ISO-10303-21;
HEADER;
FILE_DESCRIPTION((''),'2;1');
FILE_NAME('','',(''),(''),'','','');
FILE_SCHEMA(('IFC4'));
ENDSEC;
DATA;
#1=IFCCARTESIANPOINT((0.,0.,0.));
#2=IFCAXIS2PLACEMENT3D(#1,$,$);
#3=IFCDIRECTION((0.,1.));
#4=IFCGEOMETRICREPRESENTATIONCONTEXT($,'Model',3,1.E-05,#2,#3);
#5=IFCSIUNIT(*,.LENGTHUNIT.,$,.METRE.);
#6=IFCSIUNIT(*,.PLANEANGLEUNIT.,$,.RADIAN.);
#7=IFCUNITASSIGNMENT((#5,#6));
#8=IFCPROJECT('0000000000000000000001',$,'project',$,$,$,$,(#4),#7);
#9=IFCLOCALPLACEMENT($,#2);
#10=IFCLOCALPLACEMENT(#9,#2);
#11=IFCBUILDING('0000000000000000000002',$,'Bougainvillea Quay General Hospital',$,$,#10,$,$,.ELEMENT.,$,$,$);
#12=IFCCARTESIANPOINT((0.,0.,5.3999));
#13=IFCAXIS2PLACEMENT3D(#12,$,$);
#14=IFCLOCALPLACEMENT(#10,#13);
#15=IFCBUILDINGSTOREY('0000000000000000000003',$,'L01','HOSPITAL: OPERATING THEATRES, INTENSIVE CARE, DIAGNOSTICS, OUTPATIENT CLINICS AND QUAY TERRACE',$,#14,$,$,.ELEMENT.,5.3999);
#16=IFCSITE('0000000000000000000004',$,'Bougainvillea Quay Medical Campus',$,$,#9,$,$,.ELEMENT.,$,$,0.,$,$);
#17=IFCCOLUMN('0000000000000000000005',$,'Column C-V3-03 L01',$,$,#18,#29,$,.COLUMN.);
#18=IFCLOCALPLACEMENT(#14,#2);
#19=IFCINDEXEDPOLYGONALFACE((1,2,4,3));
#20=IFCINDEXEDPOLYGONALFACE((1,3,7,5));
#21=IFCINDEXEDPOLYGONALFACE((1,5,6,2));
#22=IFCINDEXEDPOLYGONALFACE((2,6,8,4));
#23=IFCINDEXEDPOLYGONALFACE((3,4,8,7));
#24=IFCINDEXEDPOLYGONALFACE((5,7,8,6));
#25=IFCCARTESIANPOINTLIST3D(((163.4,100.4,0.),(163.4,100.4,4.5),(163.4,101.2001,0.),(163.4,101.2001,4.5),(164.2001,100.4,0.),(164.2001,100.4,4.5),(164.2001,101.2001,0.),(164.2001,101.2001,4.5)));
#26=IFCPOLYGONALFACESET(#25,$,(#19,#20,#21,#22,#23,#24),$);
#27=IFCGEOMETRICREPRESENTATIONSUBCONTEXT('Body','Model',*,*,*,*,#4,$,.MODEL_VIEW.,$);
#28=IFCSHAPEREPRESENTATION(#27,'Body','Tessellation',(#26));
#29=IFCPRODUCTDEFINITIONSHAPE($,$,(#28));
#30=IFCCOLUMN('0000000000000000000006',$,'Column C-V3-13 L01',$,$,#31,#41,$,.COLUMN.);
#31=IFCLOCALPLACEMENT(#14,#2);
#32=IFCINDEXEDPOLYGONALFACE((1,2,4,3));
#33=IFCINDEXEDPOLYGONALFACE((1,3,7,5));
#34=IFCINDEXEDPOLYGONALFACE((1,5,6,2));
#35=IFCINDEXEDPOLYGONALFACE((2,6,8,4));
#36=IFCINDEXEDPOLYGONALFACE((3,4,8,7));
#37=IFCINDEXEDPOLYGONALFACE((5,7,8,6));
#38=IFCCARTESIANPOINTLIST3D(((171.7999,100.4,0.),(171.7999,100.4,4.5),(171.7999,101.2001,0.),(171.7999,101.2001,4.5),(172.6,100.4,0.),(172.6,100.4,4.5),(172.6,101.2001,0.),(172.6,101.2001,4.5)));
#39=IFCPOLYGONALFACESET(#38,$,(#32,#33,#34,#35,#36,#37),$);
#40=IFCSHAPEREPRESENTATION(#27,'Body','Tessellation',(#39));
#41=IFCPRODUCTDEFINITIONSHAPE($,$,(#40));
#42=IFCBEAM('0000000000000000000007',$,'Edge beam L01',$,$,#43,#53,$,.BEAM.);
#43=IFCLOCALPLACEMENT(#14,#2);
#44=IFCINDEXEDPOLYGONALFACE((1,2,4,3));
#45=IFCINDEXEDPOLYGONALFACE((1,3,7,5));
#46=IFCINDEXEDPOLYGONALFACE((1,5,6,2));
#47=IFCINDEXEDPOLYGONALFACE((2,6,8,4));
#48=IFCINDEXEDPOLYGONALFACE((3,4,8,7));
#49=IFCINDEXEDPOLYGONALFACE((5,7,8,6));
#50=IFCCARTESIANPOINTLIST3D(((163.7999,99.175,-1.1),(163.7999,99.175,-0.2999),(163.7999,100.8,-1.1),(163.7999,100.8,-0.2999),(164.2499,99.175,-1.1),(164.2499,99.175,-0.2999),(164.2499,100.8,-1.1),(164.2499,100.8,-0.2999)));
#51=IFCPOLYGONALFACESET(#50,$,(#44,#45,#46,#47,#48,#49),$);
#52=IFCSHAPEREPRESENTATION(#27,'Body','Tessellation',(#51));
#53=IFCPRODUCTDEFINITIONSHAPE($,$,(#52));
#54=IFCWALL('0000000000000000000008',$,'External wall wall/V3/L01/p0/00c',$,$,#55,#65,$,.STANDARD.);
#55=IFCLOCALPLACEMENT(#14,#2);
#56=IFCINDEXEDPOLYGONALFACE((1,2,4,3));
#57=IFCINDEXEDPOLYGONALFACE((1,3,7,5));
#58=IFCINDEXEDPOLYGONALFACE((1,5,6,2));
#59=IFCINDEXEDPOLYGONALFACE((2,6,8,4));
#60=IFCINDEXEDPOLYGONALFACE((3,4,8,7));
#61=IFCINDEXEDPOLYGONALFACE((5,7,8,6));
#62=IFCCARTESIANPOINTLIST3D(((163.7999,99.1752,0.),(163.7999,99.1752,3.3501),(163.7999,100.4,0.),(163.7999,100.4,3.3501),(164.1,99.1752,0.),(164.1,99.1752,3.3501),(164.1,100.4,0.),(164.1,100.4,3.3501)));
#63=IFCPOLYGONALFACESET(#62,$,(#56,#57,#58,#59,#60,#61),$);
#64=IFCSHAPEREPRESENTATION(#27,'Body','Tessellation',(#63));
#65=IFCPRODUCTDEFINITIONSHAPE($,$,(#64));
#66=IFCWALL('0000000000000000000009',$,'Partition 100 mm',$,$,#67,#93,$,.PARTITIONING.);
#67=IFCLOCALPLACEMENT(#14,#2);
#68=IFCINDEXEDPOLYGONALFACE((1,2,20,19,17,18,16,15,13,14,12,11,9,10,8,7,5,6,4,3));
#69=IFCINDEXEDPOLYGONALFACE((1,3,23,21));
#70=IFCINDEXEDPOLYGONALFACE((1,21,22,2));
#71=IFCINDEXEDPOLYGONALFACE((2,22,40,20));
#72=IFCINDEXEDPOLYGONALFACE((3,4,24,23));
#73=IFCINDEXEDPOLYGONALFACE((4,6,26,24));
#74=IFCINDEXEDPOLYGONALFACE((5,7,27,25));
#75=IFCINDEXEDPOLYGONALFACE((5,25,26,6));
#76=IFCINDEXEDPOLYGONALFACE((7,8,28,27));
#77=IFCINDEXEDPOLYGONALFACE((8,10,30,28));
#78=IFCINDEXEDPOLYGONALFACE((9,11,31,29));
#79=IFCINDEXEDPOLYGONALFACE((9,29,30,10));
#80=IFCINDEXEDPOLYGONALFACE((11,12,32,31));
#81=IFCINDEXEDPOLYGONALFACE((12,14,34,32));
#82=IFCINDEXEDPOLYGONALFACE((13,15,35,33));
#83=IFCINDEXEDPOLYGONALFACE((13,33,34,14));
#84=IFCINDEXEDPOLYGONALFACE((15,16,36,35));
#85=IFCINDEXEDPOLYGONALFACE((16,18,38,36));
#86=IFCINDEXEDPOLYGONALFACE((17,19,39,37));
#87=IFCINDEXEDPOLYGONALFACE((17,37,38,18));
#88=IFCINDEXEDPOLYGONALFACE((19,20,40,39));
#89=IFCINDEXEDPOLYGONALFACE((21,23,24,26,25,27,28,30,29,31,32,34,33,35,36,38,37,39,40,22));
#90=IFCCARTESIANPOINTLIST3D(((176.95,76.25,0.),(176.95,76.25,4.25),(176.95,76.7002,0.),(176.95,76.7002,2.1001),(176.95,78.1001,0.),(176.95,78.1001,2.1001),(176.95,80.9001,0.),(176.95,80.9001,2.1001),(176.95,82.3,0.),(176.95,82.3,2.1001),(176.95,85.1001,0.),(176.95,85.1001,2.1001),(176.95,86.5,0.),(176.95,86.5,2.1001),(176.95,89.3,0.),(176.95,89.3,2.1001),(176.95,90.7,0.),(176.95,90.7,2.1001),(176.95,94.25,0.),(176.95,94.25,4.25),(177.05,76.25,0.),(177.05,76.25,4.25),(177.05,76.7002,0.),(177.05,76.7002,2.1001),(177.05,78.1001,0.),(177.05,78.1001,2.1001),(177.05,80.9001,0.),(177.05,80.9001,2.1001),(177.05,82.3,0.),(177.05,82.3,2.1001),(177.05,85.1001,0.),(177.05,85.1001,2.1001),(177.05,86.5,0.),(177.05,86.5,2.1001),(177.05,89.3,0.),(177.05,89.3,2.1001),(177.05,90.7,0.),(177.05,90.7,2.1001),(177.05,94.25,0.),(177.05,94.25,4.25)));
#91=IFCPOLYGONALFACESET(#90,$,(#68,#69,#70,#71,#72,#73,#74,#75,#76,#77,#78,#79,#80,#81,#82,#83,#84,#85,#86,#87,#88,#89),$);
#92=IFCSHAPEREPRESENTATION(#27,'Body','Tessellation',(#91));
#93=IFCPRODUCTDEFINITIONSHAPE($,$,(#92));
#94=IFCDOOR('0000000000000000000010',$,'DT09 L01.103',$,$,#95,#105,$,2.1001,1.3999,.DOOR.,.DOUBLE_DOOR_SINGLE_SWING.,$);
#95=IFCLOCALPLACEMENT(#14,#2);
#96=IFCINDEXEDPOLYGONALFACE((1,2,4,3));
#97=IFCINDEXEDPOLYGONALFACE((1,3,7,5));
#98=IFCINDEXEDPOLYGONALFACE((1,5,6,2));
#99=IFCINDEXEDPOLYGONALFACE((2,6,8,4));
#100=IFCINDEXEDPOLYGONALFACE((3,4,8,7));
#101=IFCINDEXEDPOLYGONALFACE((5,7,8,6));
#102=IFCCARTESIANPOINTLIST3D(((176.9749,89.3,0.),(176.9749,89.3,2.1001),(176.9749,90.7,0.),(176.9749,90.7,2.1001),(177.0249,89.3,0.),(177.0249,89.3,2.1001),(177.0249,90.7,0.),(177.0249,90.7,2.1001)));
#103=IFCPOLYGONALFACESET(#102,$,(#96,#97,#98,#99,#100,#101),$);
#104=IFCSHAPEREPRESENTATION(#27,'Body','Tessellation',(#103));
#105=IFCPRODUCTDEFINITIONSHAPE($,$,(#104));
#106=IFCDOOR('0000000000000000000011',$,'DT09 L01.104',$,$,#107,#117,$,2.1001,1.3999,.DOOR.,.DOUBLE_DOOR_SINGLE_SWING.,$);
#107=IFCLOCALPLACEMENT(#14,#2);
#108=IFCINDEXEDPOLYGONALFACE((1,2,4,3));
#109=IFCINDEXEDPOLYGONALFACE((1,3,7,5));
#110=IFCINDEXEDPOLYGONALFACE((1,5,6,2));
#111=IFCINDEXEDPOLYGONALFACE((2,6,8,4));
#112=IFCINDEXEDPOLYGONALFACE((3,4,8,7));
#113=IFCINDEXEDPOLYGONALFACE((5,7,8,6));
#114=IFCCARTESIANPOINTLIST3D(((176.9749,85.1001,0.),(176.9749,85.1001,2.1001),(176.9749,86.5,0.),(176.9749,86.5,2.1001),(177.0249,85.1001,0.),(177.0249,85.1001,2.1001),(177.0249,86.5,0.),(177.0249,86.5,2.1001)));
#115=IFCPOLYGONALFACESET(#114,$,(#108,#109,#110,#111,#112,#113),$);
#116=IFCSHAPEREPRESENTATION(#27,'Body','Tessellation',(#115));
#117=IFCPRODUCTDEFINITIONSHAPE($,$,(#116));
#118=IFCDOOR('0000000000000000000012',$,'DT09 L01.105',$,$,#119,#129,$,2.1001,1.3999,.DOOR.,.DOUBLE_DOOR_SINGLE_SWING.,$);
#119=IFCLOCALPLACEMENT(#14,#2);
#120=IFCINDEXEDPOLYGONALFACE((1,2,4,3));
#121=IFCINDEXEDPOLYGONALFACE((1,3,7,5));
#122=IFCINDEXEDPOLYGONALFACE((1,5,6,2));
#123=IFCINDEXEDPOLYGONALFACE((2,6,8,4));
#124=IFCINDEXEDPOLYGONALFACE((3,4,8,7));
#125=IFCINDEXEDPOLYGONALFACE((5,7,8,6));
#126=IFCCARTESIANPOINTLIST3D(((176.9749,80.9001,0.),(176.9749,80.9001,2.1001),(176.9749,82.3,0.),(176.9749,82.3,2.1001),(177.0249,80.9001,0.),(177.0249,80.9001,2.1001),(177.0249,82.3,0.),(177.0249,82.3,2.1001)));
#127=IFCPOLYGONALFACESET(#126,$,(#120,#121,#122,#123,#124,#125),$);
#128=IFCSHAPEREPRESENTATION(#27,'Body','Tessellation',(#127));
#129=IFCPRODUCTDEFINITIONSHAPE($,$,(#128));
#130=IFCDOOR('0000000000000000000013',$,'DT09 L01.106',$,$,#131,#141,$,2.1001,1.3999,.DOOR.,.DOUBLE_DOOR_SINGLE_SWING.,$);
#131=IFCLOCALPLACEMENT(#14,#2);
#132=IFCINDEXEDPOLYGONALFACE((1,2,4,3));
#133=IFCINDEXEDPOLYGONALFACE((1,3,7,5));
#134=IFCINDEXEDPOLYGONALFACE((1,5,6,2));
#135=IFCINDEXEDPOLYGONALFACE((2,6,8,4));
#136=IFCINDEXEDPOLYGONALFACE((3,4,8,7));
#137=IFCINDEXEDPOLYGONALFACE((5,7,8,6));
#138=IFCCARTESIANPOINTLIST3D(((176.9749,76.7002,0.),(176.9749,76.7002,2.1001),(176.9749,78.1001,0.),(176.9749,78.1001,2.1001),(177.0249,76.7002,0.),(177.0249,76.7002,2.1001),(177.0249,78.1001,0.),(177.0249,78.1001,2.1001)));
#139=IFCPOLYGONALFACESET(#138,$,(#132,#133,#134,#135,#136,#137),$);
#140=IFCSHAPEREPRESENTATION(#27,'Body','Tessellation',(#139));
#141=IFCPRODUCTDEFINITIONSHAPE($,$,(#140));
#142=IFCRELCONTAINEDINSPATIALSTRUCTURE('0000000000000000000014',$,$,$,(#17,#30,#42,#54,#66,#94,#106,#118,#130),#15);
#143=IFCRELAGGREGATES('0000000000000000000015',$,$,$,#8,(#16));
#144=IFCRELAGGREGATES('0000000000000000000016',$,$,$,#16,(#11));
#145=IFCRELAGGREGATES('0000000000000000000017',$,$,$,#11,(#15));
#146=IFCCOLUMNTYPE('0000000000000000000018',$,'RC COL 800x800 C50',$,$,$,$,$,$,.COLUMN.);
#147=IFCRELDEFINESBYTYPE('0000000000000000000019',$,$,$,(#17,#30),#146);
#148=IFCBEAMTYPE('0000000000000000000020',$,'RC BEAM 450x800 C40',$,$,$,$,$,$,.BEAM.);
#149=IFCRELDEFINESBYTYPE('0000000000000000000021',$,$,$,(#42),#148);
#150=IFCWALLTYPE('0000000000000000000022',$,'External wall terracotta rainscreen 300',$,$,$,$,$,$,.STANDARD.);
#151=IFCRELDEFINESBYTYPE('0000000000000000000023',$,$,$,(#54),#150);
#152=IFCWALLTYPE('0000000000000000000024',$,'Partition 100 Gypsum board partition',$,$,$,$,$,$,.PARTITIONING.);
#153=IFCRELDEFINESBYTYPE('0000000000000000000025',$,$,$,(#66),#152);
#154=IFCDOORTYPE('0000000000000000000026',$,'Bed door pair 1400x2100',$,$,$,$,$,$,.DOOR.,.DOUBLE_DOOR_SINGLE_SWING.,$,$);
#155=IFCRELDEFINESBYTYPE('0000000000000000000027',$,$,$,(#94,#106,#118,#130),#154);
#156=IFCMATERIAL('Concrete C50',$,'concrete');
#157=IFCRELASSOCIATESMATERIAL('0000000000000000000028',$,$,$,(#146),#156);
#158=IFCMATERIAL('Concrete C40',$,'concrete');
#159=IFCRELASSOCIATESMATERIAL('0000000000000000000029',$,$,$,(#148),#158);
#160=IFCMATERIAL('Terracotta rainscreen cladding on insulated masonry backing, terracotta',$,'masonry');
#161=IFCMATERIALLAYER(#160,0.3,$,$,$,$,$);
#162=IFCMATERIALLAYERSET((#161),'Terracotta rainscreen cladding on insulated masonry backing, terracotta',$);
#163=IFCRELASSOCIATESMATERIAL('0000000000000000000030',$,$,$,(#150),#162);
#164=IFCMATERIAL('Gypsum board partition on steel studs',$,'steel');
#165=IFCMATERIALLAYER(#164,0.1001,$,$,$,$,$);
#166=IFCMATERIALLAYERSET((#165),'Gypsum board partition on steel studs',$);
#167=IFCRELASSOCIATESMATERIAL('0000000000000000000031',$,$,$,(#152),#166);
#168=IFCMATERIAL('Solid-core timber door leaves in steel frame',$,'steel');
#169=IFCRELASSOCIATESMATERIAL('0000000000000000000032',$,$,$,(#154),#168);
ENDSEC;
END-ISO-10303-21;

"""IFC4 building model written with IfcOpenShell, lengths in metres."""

from ifc_helpers import new_model, si_unit, direction, frame, frame_2d, origin, origin_2d, place, context, subcontext, project, spatial, rectangle, extrude, material, layer, layer_set, material_profile, profile_set, type_object, element, fill, save


model = new_model("IFC4")

# Units and contexts
model_context = context("Model", 3, precision=1e-05, world=origin(), true_north=direction((0.0, 1.0)))
body_context = subcontext(model_context, "Body", "Model", "MODEL_VIEW")
ifc_project = project(units=[si_unit("LENGTHUNIT", "METRE"), si_unit("PLANEANGLEUNIT", "RADIAN")], contexts=[model_context])

# Site, building, storey
site_placement = place(None, origin())
site = spatial("IfcSite", under=ifc_project, at=site_placement, Name="Bougainvillea Quay Medical Campus", CompositionType="ELEMENT", RefElevation=0.0)
building_placement = place(site_placement, origin())
building = spatial("IfcBuilding", under=site, at=building_placement, Name="Bougainvillea Quay General Hospital", CompositionType="ELEMENT")
storey_placement = place(building_placement, frame((0.0, 0.0, 5.3999)))
storey = spatial("IfcBuildingStorey", under=building, at=storey_placement, Name="L01", Description="HOSPITAL: OPERATING THEATRES, INTENSIVE CARE, DIAGNOSTICS, OUTPATIENT CLINICS AND QUAY TERRACE", CompositionType="ELEMENT", Elevation=5.3999)

# Columns
ifc_material_1 = material(Name="Concrete C50", Category="concrete")
ifc_material_profile_1 = material_profile(ifc_material_1, rectangle(XDim=0.8, YDim=0.8, at=origin_2d()))
ifc_profile_set_1 = profile_set([ifc_material_profile_1], Name="Concrete C50")
column_type = type_object("IfcColumnType", Name="RC COL 800x800 C50", PredefinedType="COLUMN", material=ifc_profile_set_1)
for number, where, z_axis, x_axis, name in (
    (1, (163.8, 100.8, 0.0), (0.0, 0.0, 1.0), (1.0, 0.0, 0.0), "Column C-V3-03 L01"),
    (2, (172.2, 100.8, 0.0), (0.0, 0.0, 1.0), (1.0, 0.0, 0.0), "Column C-V3-13 L01"),
):
    element("IfcColumn", number, at=place(storey_placement, frame(where, z_axis=z_axis, x_axis=x_axis)), inside=storey, type_object=column_type, Name=name, PredefinedType="COLUMN", context=body_context, shape_type="SweptSolid", body=[
        extrude(rectangle(XDim=0.8, YDim=0.8, at=origin_2d()), origin(), (0.0, 0.0, 1.0), 4.5),
    ])

# Beam
ifc_material_2 = material(Name="Concrete C40", Category="concrete")
ifc_material_profile_2 = material_profile(ifc_material_2, rectangle(XDim=0.45, YDim=0.8, at=origin_2d()))
ifc_profile_set_2 = profile_set([ifc_material_profile_2], Name="Concrete C40")
beam_type = type_object("IfcBeamType", Name="RC BEAM 450x800 C40", PredefinedType="BEAM", material=ifc_profile_set_2)
beam_placement = place(storey_placement, frame((164.0249, 100.8, -0.7), z_axis=(0.0, -1.0, 0.0), x_axis=(1.0, 0.0, 0.0)))
element("IfcBeam", 3, at=beam_placement, inside=storey, type_object=beam_type, Name="Edge beam L01", PredefinedType="BEAM", context=body_context, shape_type="SweptSolid", body=[
    extrude(rectangle(XDim=0.45, YDim=0.8, at=origin_2d()), origin(), (0.0, 0.0, 1.0), 1.625),
])

# Wall
ifc_material_3 = material(Name="Terracotta rainscreen cladding on insulated masonry backing, terracotta", Category="masonry")
ifc_layer_1 = layer(ifc_material_3, 0.3)
ifc_layer_set_1 = layer_set([ifc_layer_1], Name="Terracotta rainscreen cladding on insulated masonry backing, terracotta")
wall_type_1 = type_object("IfcWallType", Name="External wall terracotta rainscreen 300", PredefinedType="STANDARD", material=ifc_layer_set_1)
wall_1_placement = place(storey_placement, frame((163.95, 100.3999, 0.0), z_axis=(0.0, 0.0, 1.0), x_axis=(0.0, -1.0, 0.0)))
element("IfcWall", 4, at=wall_1_placement, inside=storey, type_object=wall_type_1, Name="External wall wall/V3/L01/p0/00c", PredefinedType="STANDARD", context=body_context, shape_type="SweptSolid", body=[
    extrude(rectangle(XDim=1.2249, YDim=0.3, at=frame_2d((0.6123, 0.0))), origin(), (0.0, 0.0, 1.0), 3.3501),
])

# Wall, openings, doors
ifc_material_4 = material(Name="Gypsum board partition on steel studs", Category="steel")
ifc_layer_2 = layer(ifc_material_4, 0.1001)
ifc_layer_set_2 = layer_set([ifc_layer_2], Name="Gypsum board partition on steel studs")
wall_type_2 = type_object("IfcWallType", Name="Partition 100 Gypsum board partition", PredefinedType="PARTITIONING", material=ifc_layer_set_2)
wall_2_placement = place(storey_placement, frame((177.0, 94.25, 0.0), z_axis=(0.0, 0.0, 1.0), x_axis=(0.0, -1.0, 0.0)))
wall_2 = element("IfcWall", 5, at=wall_2_placement, inside=storey, type_object=wall_type_2, Name="Partition 100 mm", PredefinedType="PARTITIONING", context=body_context, shape_type="SweptSolid", body=[
    extrude(rectangle(XDim=18.0, YDim=0.1001, at=frame_2d((9.0, 0.0))), origin(), (0.0, 0.0, 1.0), 4.25),
])
opening_1_placement = place(wall_2_placement, frame((3.55, 0.0, 0.0)))
opening_1 = element("IfcOpeningElement", 6, at=opening_1_placement, cuts=wall_2, PredefinedType="OPENING", context=body_context, shape_type="SweptSolid", body=[
    extrude(rectangle(XDim=1.3999, YDim=2.1001, at=frame_2d((0.7, 1.05))), frame((0.0, 0.0601, 0.0), z_axis=(0.0, -1.0, 0.0), x_axis=(1.0, 0.0, 0.0)), (0.0, 0.0, 1.0), 0.1201),
])
opening_2_placement = place(wall_2_placement, frame((7.75, 0.0, 0.0)))
opening_2 = element("IfcOpeningElement", 7, at=opening_2_placement, cuts=wall_2, PredefinedType="OPENING", context=body_context, shape_type="SweptSolid", body=[
    extrude(rectangle(XDim=1.3999, YDim=2.1001, at=frame_2d((0.7, 1.05))), frame((0.0, 0.0601, 0.0), z_axis=(0.0, -1.0, 0.0), x_axis=(1.0, 0.0, 0.0)), (0.0, 0.0, 1.0), 0.1201),
])
opening_3_placement = place(wall_2_placement, frame((11.95, 0.0, 0.0)))
opening_3 = element("IfcOpeningElement", 8, at=opening_3_placement, cuts=wall_2, PredefinedType="OPENING", context=body_context, shape_type="SweptSolid", body=[
    extrude(rectangle(XDim=1.3999, YDim=2.1001, at=frame_2d((0.7, 1.05))), frame((0.0, 0.0601, 0.0), z_axis=(0.0, -1.0, 0.0), x_axis=(1.0, 0.0, 0.0)), (0.0, 0.0, 1.0), 0.1201),
])
opening_4_placement = place(wall_2_placement, frame((16.1499, 0.0, 0.0)))
opening_4 = element("IfcOpeningElement", 9, at=opening_4_placement, cuts=wall_2, PredefinedType="OPENING", context=body_context, shape_type="SweptSolid", body=[
    extrude(rectangle(XDim=1.3999, YDim=2.1001, at=frame_2d((0.7, 1.05))), frame((0.0, 0.0601, 0.0), z_axis=(0.0, -1.0, 0.0), x_axis=(1.0, 0.0, 0.0)), (0.0, 0.0, 1.0), 0.1201),
])
ifc_material_5 = material(Name="Solid-core timber door leaves in steel frame", Category="steel")
door_type_1 = type_object("IfcDoorType", Name="Bed door pair 1400x2100", OperationType="DOUBLE_DOOR_SINGLE_SWING", PredefinedType="DOOR", material=ifc_material_5)
door_1_placement = place(opening_1_placement, origin())
door_1 = element("IfcDoor", 10, at=door_1_placement, inside=storey, type_object=door_type_1, Name="DT09 L01.103", OperationType="DOUBLE_DOOR_SINGLE_SWING", OverallHeight=2.1001, OverallWidth=1.3999, PredefinedType="DOOR", context=body_context, shape_type="SweptSolid", body=[
    extrude(rectangle(XDim=1.3999, YDim=2.1001, at=frame_2d((0.7, 1.05))), frame((0.0, 0.0249, 0.0), z_axis=(0.0, -1.0, 0.0), x_axis=(1.0, 0.0, 0.0)), (0.0, 0.0, 1.0), 0.05),
])
fill(opening_1, door_1)
door_2_placement = place(opening_2_placement, origin())
door_2 = element("IfcDoor", 11, at=door_2_placement, inside=storey, type_object=door_type_1, Name="DT09 L01.104", OperationType="DOUBLE_DOOR_SINGLE_SWING", OverallHeight=2.1001, OverallWidth=1.3999, PredefinedType="DOOR", context=body_context, shape_type="SweptSolid", body=[
    extrude(rectangle(XDim=1.3999, YDim=2.1001, at=frame_2d((0.7, 1.05))), frame((0.0, 0.0249, 0.0), z_axis=(0.0, -1.0, 0.0), x_axis=(1.0, 0.0, 0.0)), (0.0, 0.0, 1.0), 0.05),
])
fill(opening_2, door_2)
door_3_placement = place(opening_3_placement, origin())
door_3 = element("IfcDoor", 12, at=door_3_placement, inside=storey, type_object=door_type_1, Name="DT09 L01.105", OperationType="DOUBLE_DOOR_SINGLE_SWING", OverallHeight=2.1001, OverallWidth=1.3999, PredefinedType="DOOR", context=body_context, shape_type="SweptSolid", body=[
    extrude(rectangle(XDim=1.3999, YDim=2.1001, at=frame_2d((0.7, 1.05))), frame((0.0, 0.0249, 0.0), z_axis=(0.0, -1.0, 0.0), x_axis=(1.0, 0.0, 0.0)), (0.0, 0.0, 1.0), 0.05),
])
fill(opening_3, door_3)
door_4_placement = place(opening_4_placement, origin())
door_4 = element("IfcDoor", 13, at=door_4_placement, inside=storey, type_object=door_type_1, Name="DT09 L01.106", OperationType="DOUBLE_DOOR_SINGLE_SWING", OverallHeight=2.1001, OverallWidth=1.3999, PredefinedType="DOOR", context=body_context, shape_type="SweptSolid", body=[
    extrude(rectangle(XDim=1.3999, YDim=2.1001, at=frame_2d((0.7, 1.05))), frame((0.0, 0.0249, 0.0), z_axis=(0.0, -1.0, 0.0), x_axis=(1.0, 0.0, 0.0)), (0.0, 0.0, 1.0), 0.05),
])
fill(opening_4, door_4)

save(model, "model.ifc")
